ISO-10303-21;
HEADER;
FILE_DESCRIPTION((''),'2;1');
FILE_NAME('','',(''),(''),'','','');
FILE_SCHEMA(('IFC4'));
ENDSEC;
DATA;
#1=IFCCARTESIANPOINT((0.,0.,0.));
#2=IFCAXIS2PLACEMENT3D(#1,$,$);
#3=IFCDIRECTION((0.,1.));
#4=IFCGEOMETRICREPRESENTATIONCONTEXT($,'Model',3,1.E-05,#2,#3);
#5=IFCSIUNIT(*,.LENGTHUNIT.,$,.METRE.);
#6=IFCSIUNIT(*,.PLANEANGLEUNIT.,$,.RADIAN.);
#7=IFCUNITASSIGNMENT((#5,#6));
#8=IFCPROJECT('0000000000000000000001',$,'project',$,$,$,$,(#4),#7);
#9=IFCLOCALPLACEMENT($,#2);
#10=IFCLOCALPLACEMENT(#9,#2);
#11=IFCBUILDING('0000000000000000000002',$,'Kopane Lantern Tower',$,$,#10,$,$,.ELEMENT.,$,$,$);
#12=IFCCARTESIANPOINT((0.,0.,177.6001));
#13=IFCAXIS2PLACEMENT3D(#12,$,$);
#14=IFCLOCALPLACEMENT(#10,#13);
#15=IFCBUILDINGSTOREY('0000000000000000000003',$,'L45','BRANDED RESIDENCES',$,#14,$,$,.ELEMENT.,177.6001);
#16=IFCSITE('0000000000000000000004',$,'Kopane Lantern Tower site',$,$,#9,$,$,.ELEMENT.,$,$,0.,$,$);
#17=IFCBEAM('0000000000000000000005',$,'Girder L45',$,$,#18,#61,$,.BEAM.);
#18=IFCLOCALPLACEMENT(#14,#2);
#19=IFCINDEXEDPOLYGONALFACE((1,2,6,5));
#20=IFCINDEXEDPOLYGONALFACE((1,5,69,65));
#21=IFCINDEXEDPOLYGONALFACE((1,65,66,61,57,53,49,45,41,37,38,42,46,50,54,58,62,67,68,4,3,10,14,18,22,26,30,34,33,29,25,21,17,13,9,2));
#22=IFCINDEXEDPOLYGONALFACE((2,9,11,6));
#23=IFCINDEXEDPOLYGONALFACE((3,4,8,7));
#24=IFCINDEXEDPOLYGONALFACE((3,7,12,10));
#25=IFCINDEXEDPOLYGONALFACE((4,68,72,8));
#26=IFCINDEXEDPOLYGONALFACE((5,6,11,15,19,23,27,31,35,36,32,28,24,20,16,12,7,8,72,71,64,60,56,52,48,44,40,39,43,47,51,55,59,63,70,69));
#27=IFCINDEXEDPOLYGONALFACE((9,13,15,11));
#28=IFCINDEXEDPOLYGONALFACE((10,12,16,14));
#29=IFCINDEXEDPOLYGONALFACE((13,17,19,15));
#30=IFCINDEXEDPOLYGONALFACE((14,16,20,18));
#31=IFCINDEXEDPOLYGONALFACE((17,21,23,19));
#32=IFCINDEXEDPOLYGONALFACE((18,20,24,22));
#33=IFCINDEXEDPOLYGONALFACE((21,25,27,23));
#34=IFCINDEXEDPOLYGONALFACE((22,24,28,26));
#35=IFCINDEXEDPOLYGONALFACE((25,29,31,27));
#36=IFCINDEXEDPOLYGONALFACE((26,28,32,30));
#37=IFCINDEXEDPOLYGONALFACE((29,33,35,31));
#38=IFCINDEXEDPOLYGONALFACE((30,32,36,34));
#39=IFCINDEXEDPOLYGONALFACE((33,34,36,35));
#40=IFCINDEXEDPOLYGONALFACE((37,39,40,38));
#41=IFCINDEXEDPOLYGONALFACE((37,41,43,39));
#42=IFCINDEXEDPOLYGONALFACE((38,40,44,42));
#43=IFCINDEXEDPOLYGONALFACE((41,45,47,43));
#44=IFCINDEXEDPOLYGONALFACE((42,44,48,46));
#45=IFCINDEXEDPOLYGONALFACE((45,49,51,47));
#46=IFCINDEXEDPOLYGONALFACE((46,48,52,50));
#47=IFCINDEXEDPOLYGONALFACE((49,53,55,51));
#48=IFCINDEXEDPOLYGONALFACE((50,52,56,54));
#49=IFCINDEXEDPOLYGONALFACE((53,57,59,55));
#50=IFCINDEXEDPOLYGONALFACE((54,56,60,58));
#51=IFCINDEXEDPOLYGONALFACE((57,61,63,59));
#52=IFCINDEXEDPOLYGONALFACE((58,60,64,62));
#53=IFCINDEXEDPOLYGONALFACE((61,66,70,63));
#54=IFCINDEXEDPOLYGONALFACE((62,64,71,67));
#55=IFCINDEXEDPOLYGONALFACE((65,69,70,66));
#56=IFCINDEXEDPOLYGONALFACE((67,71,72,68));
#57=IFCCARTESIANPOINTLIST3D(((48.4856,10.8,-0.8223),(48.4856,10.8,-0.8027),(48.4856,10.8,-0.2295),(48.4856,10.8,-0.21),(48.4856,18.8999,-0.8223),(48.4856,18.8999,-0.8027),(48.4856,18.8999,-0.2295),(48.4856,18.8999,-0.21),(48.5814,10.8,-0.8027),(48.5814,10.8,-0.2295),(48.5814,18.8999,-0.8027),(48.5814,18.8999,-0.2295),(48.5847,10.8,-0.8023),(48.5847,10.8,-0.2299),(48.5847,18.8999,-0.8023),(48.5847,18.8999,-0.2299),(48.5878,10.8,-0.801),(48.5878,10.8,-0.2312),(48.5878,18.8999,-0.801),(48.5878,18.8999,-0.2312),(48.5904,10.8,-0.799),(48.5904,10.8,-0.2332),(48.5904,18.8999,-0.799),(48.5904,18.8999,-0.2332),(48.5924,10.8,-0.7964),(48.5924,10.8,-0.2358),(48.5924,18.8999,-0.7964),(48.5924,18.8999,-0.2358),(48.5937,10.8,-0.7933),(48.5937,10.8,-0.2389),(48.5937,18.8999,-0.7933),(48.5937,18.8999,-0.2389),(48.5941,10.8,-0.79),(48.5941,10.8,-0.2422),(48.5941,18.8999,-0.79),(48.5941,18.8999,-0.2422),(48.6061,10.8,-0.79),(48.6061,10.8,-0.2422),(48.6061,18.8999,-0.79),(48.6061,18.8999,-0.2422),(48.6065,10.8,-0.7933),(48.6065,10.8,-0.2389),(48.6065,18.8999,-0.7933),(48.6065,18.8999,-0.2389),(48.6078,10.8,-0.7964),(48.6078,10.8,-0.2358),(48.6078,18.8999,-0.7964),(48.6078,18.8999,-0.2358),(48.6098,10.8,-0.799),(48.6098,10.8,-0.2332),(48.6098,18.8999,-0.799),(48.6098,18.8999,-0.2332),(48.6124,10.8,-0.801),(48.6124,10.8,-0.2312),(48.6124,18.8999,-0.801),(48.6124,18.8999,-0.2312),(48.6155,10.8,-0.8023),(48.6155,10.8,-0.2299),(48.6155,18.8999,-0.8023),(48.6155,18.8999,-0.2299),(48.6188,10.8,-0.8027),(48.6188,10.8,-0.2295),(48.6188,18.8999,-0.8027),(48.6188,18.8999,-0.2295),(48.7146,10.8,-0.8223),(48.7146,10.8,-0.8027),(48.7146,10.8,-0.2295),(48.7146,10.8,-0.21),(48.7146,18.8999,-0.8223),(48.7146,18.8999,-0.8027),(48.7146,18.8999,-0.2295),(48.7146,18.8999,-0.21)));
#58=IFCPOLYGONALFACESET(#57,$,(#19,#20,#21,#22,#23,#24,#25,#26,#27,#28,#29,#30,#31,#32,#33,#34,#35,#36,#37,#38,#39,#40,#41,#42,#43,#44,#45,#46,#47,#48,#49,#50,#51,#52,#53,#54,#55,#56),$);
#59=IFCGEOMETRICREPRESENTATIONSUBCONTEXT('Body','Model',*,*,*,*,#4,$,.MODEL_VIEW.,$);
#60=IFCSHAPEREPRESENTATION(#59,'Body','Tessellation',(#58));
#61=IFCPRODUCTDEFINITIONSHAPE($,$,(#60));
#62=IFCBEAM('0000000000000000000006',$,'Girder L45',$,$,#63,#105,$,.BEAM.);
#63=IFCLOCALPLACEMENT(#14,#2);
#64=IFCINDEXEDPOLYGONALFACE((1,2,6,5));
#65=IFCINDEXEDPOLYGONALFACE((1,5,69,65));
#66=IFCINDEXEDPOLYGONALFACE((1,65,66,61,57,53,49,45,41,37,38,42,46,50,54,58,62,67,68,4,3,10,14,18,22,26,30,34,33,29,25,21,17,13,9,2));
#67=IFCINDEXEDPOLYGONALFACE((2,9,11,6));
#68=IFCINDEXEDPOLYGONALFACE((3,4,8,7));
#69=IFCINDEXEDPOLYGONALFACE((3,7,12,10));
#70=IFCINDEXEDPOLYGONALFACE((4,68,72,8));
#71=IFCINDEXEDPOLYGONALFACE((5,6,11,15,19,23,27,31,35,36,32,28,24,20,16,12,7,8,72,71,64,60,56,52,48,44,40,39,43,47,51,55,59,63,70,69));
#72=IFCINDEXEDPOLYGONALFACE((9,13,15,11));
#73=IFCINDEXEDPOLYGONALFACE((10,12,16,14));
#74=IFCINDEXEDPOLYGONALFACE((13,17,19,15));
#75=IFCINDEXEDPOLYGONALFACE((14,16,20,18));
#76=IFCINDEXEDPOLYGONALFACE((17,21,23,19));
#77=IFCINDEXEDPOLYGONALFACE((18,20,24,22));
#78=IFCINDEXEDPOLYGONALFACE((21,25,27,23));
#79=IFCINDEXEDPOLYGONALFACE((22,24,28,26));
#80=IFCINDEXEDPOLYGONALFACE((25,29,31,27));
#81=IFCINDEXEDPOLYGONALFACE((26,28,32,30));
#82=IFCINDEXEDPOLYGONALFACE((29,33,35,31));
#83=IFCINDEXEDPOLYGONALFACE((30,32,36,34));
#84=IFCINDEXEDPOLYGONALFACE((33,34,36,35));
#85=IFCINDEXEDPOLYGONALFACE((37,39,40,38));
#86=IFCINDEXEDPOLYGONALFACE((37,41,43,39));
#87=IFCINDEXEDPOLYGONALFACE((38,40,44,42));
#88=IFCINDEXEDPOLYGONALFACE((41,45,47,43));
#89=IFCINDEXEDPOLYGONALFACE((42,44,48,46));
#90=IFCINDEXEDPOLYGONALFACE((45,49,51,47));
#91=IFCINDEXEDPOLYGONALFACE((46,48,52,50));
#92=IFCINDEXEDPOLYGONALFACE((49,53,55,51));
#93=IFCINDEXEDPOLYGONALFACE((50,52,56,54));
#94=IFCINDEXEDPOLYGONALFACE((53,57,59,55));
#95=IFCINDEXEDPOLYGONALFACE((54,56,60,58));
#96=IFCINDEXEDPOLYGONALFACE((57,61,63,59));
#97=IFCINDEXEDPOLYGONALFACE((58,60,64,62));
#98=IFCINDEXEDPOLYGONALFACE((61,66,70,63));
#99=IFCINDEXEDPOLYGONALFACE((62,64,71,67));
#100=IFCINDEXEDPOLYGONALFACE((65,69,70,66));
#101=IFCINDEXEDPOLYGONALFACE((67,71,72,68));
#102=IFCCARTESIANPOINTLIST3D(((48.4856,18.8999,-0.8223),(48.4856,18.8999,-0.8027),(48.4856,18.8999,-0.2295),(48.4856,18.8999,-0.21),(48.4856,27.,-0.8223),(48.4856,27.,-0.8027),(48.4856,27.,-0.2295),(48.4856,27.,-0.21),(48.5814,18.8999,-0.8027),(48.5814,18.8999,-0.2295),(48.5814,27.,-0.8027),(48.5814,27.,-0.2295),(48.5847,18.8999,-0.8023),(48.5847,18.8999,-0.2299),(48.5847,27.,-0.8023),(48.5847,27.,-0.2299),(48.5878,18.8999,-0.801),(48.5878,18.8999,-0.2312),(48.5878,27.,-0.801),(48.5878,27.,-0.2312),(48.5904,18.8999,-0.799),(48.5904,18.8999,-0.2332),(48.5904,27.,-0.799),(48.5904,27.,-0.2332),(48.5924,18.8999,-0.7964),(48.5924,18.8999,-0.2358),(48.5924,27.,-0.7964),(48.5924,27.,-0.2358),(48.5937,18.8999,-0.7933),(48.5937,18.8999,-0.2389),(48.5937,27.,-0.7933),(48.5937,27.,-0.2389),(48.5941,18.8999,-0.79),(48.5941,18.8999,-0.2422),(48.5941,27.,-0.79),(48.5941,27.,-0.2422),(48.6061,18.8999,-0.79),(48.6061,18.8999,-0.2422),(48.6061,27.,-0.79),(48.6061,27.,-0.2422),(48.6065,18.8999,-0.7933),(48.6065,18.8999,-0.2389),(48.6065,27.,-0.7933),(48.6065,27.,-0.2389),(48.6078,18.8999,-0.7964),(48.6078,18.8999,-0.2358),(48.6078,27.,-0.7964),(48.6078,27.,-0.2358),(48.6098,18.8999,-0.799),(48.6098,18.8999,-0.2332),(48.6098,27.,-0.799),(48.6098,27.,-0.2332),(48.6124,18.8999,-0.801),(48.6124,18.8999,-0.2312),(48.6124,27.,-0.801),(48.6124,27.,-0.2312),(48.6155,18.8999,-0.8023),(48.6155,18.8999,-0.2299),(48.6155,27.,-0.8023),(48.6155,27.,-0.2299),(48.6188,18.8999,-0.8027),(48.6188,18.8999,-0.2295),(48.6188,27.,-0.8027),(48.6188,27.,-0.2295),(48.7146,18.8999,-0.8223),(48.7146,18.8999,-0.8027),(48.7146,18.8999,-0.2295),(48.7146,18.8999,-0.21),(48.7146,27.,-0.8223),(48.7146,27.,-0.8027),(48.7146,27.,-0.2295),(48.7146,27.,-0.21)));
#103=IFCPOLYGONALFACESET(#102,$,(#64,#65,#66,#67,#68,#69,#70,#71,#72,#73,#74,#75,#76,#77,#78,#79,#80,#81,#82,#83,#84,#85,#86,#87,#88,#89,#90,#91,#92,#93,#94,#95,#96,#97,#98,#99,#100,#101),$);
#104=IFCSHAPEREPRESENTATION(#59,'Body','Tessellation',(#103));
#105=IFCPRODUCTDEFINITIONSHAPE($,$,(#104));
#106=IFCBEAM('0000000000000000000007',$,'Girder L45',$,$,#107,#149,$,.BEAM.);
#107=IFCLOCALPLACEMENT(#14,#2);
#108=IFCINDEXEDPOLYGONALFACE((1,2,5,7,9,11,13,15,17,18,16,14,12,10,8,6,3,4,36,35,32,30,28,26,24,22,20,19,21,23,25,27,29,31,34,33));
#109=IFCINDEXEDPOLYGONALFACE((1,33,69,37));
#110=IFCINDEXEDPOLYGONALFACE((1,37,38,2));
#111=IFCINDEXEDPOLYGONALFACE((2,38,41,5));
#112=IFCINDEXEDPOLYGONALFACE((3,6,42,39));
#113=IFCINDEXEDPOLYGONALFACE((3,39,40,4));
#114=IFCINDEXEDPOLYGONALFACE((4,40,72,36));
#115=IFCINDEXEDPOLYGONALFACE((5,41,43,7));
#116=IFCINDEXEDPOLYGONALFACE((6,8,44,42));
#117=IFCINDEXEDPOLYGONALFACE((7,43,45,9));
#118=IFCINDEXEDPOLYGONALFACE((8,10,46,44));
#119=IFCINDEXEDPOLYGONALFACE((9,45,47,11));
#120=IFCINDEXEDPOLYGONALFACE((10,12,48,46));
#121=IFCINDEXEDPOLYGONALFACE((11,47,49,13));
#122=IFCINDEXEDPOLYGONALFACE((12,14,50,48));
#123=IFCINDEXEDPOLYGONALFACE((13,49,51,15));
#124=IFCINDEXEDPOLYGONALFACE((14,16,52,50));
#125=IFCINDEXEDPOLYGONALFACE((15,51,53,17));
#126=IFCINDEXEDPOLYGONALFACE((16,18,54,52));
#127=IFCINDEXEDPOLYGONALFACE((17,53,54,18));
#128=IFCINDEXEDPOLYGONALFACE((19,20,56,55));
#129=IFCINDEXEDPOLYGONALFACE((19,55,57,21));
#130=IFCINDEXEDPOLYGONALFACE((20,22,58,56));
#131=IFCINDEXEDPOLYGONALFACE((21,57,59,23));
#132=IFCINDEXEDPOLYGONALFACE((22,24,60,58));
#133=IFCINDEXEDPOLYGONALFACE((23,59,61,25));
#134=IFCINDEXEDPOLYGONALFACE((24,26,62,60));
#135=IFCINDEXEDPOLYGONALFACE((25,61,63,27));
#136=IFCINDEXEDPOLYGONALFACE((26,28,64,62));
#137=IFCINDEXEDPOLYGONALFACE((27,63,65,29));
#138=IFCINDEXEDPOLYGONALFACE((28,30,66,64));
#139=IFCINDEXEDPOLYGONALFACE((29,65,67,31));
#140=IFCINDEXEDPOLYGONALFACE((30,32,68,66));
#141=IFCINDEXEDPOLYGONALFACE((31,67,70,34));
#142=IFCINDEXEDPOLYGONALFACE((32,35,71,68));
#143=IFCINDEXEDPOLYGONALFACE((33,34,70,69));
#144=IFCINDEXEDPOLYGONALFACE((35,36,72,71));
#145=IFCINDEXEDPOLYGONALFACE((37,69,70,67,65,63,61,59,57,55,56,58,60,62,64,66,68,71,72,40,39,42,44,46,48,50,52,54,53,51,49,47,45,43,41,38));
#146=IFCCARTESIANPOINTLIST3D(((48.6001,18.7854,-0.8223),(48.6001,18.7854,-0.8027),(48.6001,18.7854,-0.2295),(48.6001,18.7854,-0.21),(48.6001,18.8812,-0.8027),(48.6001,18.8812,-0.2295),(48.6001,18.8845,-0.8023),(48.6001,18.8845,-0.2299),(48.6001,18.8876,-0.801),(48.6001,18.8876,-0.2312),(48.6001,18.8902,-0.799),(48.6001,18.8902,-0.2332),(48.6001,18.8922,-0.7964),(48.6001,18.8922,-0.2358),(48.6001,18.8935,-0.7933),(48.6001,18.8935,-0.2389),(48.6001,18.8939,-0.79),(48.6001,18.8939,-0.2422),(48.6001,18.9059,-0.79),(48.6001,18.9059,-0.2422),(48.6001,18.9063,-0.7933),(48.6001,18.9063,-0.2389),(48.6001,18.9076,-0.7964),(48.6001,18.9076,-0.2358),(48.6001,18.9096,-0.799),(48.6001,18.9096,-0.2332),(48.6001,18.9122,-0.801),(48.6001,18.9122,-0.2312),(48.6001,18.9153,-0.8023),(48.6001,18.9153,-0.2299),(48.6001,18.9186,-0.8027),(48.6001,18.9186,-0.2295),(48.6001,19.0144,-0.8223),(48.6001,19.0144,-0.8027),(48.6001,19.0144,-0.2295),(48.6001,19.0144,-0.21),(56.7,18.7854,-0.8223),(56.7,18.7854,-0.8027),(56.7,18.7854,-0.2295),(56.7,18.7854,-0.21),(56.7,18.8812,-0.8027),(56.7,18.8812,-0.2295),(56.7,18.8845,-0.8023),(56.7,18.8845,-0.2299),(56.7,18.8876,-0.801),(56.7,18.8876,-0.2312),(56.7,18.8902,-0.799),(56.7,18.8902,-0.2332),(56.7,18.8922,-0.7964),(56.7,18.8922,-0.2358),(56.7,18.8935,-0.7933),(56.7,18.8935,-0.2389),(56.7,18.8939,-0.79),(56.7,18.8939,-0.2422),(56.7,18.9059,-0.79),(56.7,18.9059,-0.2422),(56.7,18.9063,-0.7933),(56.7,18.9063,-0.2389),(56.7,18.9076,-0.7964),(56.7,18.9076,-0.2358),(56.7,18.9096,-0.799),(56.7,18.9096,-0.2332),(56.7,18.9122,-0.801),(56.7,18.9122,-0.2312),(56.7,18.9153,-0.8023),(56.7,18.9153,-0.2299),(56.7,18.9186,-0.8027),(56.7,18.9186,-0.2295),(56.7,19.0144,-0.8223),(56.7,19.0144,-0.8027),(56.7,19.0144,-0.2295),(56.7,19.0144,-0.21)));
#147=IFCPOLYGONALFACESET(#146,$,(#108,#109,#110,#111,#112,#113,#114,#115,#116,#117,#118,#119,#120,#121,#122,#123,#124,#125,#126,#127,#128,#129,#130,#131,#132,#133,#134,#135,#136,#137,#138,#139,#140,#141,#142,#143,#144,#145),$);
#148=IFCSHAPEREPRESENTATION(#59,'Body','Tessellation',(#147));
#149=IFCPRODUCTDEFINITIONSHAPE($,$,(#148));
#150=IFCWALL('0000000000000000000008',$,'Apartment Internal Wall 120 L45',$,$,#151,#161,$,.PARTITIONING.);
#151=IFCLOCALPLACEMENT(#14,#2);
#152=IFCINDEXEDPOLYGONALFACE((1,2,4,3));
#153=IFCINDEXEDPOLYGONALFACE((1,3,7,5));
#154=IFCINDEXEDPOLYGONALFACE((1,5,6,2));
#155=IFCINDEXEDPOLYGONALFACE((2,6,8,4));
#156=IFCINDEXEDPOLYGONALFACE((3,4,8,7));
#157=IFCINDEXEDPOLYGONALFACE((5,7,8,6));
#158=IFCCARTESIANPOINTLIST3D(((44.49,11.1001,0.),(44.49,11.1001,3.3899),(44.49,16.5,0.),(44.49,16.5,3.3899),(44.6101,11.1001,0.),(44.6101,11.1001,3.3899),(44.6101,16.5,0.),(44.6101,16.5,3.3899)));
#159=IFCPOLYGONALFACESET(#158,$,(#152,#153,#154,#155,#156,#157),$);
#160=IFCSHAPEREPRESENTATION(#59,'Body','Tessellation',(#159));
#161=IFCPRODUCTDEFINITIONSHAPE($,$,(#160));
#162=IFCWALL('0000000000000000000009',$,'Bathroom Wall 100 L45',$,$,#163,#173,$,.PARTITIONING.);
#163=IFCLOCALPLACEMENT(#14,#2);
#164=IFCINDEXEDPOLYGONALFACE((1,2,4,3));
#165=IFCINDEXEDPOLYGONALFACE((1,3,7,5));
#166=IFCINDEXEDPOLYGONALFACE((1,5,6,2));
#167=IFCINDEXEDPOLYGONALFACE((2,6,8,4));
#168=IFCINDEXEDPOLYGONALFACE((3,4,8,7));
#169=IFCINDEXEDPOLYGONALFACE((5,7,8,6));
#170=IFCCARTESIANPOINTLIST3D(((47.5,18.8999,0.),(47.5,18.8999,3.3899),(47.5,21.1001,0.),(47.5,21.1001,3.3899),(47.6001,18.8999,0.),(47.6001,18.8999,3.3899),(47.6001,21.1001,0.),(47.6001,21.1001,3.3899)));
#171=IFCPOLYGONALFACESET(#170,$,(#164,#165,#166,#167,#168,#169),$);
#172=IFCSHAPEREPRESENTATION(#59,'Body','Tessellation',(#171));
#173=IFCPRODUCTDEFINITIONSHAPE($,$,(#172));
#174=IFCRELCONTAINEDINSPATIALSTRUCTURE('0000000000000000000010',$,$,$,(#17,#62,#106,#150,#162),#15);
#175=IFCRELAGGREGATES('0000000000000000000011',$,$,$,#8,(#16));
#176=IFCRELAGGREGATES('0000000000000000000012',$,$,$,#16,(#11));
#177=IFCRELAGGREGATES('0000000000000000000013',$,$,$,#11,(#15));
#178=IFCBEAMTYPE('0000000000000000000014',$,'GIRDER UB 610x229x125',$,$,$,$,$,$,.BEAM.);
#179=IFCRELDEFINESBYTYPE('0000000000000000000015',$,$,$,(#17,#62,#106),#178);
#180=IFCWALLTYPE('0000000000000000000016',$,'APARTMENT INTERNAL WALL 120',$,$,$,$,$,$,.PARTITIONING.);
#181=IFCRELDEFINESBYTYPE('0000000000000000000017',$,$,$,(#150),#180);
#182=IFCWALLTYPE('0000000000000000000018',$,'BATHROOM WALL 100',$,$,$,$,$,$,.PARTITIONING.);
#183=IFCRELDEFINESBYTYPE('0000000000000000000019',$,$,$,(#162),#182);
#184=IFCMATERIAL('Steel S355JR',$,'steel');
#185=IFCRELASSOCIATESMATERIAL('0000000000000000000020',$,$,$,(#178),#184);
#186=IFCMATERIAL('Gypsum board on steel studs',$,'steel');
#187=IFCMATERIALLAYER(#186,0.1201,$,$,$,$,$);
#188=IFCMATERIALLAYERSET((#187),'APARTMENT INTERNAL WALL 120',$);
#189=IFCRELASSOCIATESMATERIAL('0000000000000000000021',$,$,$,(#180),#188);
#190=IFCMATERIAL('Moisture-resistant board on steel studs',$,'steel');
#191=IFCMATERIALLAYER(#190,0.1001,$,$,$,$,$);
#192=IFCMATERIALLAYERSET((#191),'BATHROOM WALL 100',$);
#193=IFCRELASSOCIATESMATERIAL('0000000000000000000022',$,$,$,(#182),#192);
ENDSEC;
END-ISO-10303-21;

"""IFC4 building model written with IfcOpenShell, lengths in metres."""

from ifc_helpers import new_model, si_unit, direction, frame, frame_2d, origin, origin_2d, place, context, subcontext, project, spatial, rectangle, i_section, extrude, material, layer, layer_set, material_profile, profile_set, type_object, element, save


model = new_model("IFC4")

# Units and contexts
model_context = context("Model", 3, precision=1e-05, world=origin(), true_north=direction((0.0, 1.0)))
body_context = subcontext(model_context, "Body", "Model", "MODEL_VIEW")
ifc_project = project(units=[si_unit("LENGTHUNIT", "METRE"), si_unit("PLANEANGLEUNIT", "RADIAN")], contexts=[model_context])

# Site, building, storey
site_placement = place(None, origin())
site = spatial("IfcSite", under=ifc_project, at=site_placement, Name="Kopane Lantern Tower site", CompositionType="ELEMENT", RefElevation=0.0)
building_placement = place(site_placement, origin())
building = spatial("IfcBuilding", under=site, at=building_placement, Name="Kopane Lantern Tower", CompositionType="ELEMENT")
storey_placement = place(building_placement, frame((0.0, 0.0, 177.6001)))
storey = spatial("IfcBuildingStorey", under=building, at=storey_placement, Name="L45", Description="BRANDED RESIDENCES", CompositionType="ELEMENT", Elevation=177.6001)

# Beams
ifc_material_1 = material(Name="Steel S355JR", Category="steel")
ifc_material_profile_1 = material_profile(ifc_material_1, i_section(OverallWidth=0.229, OverallDepth=0.6123, WebThickness=0.012, FlangeThickness=0.0195, FilletRadius=0.0127, at=origin_2d()), Name="UB 610x229x125")
ifc_profile_set_1 = profile_set([ifc_material_profile_1], Name="Steel S355JR")
beam_type_1 = type_object("IfcBeamType", Name="GIRDER UB 610x229x125", PredefinedType="BEAM", material=ifc_profile_set_1)
beam_1_placement = place(storey_placement, frame((48.6001, 10.8, -0.5161), z_axis=(0.0, 1.0, 0.0), x_axis=(-1.0, 0.0, 0.0)))
element("IfcBeam", 1, at=beam_1_placement, inside=storey, type_object=beam_type_1, Name="Girder L45", PredefinedType="BEAM", context=body_context, shape_type="SweptSolid", body=[
    extrude(i_section(OverallWidth=0.229, OverallDepth=0.6123, WebThickness=0.012, FlangeThickness=0.0195, FilletRadius=0.0127, at=origin_2d()), origin(), (0.0, 0.0, 1.0), 8.0999),
])
beam_2_placement = place(storey_placement, frame((48.6001, 18.8999, -0.5161), z_axis=(0.0, 1.0, 0.0), x_axis=(-1.0, 0.0, 0.0)))
element("IfcBeam", 2, at=beam_2_placement, inside=storey, type_object=beam_type_1, Name="Girder L45", PredefinedType="BEAM", context=body_context, shape_type="SweptSolid", body=[
    extrude(i_section(OverallWidth=0.229, OverallDepth=0.6123, WebThickness=0.012, FlangeThickness=0.0195, FilletRadius=0.0127, at=origin_2d()), origin(), (0.0, 0.0, 1.0), 8.1001),
])
beam_3_placement = place(storey_placement, frame((48.6001, 18.8999, -0.5161), z_axis=(1.0, 0.0, 0.0), x_axis=(0.0, 1.0, 0.0)))
element("IfcBeam", 3, at=beam_3_placement, inside=storey, type_object=beam_type_1, Name="Girder L45", PredefinedType="BEAM", context=body_context, shape_type="SweptSolid", body=[
    extrude(i_section(OverallWidth=0.229, OverallDepth=0.6123, WebThickness=0.012, FlangeThickness=0.0195, FilletRadius=0.0127, at=origin_2d()), origin(), (0.0, 0.0, 1.0), 8.0999),
])

# Walls
ifc_material_2 = material(Name="Gypsum board on steel studs", Category="steel")
ifc_layer_1 = layer(ifc_material_2, 0.1201)
ifc_layer_set_1 = layer_set([ifc_layer_1], Name="APARTMENT INTERNAL WALL 120")
wall_type_1 = type_object("IfcWallType", Name="APARTMENT INTERNAL WALL 120", PredefinedType="PARTITIONING", material=ifc_layer_set_1)
wall_1_placement = place(storey_placement, frame((44.55, 16.5, 0.0), z_axis=(0.0, 0.0, 1.0), x_axis=(0.0, -1.0, 0.0)))
element("IfcWall", 4, at=wall_1_placement, inside=storey, type_object=wall_type_1, Name="Apartment Internal Wall 120 L45", PredefinedType="PARTITIONING", context=body_context, shape_type="SweptSolid", body=[
    extrude(rectangle(XDim=5.3999, YDim=0.1201, at=frame_2d((2.7, 0.0))), origin(), (0.0, 0.0, 1.0), 3.3899),
])
ifc_material_3 = material(Name="Moisture-resistant board on steel studs", Category="steel")
ifc_layer_2 = layer(ifc_material_3, 0.1001)
ifc_layer_set_2 = layer_set([ifc_layer_2], Name="BATHROOM WALL 100")
wall_type_2 = type_object("IfcWallType", Name="BATHROOM WALL 100", PredefinedType="PARTITIONING", material=ifc_layer_set_2)
wall_2_placement = place(storey_placement, frame((47.55, 18.8999, 0.0), z_axis=(0.0, 0.0, 1.0), x_axis=(0.0, 1.0, 0.0)))
element("IfcWall", 5, at=wall_2_placement, inside=storey, type_object=wall_type_2, Name="Bathroom Wall 100 L45", PredefinedType="PARTITIONING", context=body_context, shape_type="SweptSolid", body=[
    extrude(rectangle(XDim=2.2002, YDim=0.1001, at=frame_2d((1.1001, 0.0))), origin(), (0.0, 0.0, 1.0), 3.3899),
])

save(model, "model.ifc")
